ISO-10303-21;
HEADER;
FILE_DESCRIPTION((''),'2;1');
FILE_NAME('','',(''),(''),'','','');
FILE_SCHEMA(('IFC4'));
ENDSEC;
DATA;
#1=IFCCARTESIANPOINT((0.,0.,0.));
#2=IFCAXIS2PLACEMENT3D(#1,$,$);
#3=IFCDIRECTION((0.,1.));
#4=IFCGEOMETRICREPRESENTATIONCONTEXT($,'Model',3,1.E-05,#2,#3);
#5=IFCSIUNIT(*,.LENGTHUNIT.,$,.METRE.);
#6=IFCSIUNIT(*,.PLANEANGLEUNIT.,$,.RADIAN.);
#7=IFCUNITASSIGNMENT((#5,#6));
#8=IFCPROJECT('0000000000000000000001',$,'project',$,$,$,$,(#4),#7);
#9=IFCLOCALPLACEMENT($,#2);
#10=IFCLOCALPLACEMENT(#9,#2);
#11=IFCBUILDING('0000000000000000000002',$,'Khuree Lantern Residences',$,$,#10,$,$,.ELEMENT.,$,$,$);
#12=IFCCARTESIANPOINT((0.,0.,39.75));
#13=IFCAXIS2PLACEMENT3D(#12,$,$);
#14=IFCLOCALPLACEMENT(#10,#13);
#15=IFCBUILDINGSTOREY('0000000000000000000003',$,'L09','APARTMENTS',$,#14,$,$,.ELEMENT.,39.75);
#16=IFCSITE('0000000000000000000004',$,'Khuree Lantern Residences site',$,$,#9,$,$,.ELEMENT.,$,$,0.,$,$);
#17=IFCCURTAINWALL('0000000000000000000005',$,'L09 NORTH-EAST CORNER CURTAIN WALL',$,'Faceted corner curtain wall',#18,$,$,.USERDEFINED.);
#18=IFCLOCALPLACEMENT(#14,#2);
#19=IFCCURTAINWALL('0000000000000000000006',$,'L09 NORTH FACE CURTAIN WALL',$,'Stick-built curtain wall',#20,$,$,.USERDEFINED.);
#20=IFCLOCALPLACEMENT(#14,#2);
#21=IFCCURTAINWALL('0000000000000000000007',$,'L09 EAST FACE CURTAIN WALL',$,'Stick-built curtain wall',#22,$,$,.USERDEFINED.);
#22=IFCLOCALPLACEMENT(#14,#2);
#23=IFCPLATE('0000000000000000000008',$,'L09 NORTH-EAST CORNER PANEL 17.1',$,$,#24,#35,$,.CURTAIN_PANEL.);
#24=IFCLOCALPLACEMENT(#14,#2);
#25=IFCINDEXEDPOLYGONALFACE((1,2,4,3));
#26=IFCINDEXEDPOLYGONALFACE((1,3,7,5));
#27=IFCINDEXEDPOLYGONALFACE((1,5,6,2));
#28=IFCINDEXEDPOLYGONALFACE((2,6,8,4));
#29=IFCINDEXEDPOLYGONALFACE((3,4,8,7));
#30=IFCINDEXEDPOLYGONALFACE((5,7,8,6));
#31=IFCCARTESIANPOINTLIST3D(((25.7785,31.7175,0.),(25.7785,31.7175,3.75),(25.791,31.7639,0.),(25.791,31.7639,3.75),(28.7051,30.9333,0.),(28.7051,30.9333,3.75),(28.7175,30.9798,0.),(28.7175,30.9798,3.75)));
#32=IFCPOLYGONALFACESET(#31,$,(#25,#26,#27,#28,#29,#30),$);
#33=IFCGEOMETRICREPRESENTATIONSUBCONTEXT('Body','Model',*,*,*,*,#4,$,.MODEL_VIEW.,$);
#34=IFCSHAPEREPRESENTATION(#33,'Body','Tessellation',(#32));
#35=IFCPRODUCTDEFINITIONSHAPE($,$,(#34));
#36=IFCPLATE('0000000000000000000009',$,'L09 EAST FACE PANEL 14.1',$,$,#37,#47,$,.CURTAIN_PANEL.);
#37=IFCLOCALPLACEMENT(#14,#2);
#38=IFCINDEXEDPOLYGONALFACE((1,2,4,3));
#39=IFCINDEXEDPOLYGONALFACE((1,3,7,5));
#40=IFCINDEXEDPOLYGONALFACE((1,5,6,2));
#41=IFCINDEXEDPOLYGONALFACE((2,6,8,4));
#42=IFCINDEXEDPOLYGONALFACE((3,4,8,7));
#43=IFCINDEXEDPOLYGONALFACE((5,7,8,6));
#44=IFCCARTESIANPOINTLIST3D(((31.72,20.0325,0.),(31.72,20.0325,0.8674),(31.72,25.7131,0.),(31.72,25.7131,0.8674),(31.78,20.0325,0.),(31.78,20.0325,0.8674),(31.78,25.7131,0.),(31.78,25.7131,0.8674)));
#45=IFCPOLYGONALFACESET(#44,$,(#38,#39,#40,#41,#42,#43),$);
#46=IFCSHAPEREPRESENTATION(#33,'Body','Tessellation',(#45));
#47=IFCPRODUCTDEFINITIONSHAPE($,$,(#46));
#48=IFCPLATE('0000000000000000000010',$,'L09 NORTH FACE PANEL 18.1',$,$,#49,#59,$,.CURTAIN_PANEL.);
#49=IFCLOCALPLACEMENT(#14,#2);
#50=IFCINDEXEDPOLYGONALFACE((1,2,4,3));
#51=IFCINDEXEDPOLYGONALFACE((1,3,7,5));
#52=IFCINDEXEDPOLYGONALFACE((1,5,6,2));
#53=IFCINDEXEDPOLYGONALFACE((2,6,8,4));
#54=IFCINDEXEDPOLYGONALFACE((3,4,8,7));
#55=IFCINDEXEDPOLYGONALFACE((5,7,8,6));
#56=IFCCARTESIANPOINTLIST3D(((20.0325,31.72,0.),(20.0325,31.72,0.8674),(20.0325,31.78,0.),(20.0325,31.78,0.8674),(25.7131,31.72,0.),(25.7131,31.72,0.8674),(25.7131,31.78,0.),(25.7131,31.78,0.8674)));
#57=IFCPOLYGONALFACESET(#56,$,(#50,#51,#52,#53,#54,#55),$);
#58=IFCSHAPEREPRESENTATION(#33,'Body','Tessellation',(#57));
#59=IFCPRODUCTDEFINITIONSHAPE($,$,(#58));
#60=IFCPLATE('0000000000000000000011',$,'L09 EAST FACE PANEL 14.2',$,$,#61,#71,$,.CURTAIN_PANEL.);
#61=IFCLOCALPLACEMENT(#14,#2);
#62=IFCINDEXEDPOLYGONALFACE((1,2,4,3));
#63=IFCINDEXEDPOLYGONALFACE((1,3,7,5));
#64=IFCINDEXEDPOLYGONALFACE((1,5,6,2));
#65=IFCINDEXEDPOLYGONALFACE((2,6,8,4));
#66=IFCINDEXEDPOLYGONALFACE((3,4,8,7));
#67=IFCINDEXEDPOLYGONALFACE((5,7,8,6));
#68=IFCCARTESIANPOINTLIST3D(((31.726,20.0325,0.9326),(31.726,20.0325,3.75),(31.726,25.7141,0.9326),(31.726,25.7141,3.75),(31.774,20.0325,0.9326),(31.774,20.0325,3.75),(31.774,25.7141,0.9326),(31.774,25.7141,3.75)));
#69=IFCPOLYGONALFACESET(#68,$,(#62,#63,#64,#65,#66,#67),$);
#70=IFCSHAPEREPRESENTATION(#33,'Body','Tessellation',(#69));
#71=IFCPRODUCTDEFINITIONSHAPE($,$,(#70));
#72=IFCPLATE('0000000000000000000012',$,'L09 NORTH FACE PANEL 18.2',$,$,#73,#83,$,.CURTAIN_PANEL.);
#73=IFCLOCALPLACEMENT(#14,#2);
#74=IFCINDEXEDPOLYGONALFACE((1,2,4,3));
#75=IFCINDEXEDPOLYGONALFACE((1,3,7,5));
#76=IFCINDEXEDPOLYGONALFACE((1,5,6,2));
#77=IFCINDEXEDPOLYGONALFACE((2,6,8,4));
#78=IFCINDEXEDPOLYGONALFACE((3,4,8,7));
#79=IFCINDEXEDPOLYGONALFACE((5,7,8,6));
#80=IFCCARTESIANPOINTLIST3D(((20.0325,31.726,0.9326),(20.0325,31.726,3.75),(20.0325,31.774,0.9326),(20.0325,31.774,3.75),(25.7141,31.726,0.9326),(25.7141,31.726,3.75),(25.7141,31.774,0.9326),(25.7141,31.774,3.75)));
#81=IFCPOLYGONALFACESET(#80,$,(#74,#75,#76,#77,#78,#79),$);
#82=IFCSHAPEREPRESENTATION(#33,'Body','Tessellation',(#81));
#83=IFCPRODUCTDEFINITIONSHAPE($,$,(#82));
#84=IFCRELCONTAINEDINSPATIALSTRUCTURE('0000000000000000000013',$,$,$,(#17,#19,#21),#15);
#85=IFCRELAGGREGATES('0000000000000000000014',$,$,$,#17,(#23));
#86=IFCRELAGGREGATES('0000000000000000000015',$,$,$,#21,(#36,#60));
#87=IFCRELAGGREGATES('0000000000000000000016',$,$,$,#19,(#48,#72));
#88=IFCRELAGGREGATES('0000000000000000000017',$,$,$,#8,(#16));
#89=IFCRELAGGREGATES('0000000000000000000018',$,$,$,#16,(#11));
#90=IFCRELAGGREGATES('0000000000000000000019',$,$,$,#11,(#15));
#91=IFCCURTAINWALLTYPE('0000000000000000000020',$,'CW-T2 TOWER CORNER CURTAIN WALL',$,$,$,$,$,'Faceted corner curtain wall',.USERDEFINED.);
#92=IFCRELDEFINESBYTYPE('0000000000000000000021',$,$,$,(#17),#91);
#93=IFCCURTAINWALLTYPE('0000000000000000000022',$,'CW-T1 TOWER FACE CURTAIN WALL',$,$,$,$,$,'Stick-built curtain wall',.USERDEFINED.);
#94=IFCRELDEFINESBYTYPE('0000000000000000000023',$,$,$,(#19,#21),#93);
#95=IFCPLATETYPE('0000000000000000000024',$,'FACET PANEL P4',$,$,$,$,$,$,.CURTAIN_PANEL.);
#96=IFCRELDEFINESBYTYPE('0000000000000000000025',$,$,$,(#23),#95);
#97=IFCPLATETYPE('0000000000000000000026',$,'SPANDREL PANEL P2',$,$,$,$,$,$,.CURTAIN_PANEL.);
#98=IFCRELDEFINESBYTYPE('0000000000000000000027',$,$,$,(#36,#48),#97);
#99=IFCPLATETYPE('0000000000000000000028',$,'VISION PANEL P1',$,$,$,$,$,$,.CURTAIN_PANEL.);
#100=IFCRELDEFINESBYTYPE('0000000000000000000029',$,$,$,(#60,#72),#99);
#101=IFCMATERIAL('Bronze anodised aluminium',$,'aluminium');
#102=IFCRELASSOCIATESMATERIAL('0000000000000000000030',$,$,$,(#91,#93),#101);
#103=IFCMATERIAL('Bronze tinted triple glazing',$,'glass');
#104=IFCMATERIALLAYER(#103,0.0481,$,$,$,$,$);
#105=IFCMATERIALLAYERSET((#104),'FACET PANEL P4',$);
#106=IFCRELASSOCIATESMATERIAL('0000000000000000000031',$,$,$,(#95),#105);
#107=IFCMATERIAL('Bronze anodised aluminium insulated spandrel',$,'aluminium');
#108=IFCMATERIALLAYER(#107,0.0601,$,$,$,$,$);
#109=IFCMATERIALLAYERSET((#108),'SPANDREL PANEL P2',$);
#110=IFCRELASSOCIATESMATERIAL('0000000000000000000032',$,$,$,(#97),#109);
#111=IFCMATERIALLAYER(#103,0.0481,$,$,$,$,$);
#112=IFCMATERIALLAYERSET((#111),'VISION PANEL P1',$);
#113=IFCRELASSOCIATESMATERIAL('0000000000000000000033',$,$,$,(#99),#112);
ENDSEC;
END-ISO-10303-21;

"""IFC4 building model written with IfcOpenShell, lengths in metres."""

from ifc_helpers import new_model, si_unit, direction, frame, origin, origin_2d, place, context, subcontext, project, spatial, rectangle, extrude, material, layer, layer_set, type_object, element, aggregate, save


model = new_model("IFC4")

# Units and contexts
model_context = context("Model", 3, precision=1e-05, world=origin(), true_north=direction((0.0, 1.0)))
body_context = subcontext(model_context, "Body", "Model", "MODEL_VIEW")
ifc_project = project(units=[si_unit("LENGTHUNIT", "METRE"), si_unit("PLANEANGLEUNIT", "RADIAN")], contexts=[model_context])

# Site, building, storey
site_placement = place(None, origin())
site = spatial("IfcSite", under=ifc_project, at=site_placement, Name="Khuree Lantern Residences site", CompositionType="ELEMENT", RefElevation=0.0)
building_placement = place(site_placement, origin())
building = spatial("IfcBuilding", under=site, at=building_placement, Name="Khuree Lantern Residences", CompositionType="ELEMENT")
storey_placement = place(building_placement, frame((0.0, 0.0, 39.75)))
storey = spatial("IfcBuildingStorey", under=building, at=storey_placement, Name="L09", Description="APARTMENTS", CompositionType="ELEMENT", Elevation=39.75)

# Curtain walls
ifc_material_1 = material(Name="Bronze anodised aluminium", Category="aluminium")
curtain_wall_type_1 = type_object("IfcCurtainWallType", Name="CW-T2 TOWER CORNER CURTAIN WALL", ElementType="Faceted corner curtain wall", PredefinedType="USERDEFINED", material=ifc_material_1)
curtain_wall_1_placement = place(storey_placement, origin())
curtain_wall_1 = element("IfcCurtainWall", 1, at=curtain_wall_1_placement, inside=storey, type_object=curtain_wall_type_1, Name="L09 NORTH-EAST CORNER CURTAIN WALL", ObjectType="Faceted corner curtain wall", PredefinedType="USERDEFINED")
curtain_wall_type_2 = type_object("IfcCurtainWallType", Name="CW-T1 TOWER FACE CURTAIN WALL", ElementType="Stick-built curtain wall", PredefinedType="USERDEFINED", material=ifc_material_1)
curtain_wall_2_placement = place(storey_placement, origin())
curtain_wall_2 = element("IfcCurtainWall", 2, at=curtain_wall_2_placement, inside=storey, type_object=curtain_wall_type_2, Name="L09 NORTH FACE CURTAIN WALL", ObjectType="Stick-built curtain wall", PredefinedType="USERDEFINED")

# Curtain wall
curtain_wall_3_placement = place(storey_placement, origin())
curtain_wall_3 = element("IfcCurtainWall", 3, at=curtain_wall_3_placement, inside=storey, type_object=curtain_wall_type_2, Name="L09 EAST FACE CURTAIN WALL", ObjectType="Stick-built curtain wall", PredefinedType="USERDEFINED")

# Plates
ifc_material_2 = material(Name="Bronze tinted triple glazing", Category="glass")
ifc_layer_1 = layer(ifc_material_2, 0.0481)
ifc_layer_set_1 = layer_set([ifc_layer_1], Name="FACET PANEL P4")
plate_type_1 = type_object("IfcPlateType", Name="FACET PANEL P4", PredefinedType="CURTAIN_PANEL", material=ifc_layer_set_1)
plate_1_placement = place(storey_placement, frame((27.248, 31.3486, 0.0), z_axis=(0.0, 0.0, 1.0), x_axis=(-0.965926, 0.258819, 0.0)))
plate_1 = element("IfcPlate", 4, at=plate_1_placement, type_object=plate_type_1, Name="L09 NORTH-EAST CORNER PANEL 17.1", PredefinedType="CURTAIN_PANEL", context=body_context, shape_type="SweptSolid", body=[
    extrude(rectangle(XDim=3.0298, YDim=0.0481, at=origin_2d()), origin(), (0.0, 0.0, 1.0), 3.75),
])
aggregate(curtain_wall_1, [plate_1])
ifc_material_3 = material(Name="Bronze anodised aluminium insulated spandrel", Category="aluminium")
ifc_layer_2 = layer(ifc_material_3, 0.0601)
ifc_layer_set_2 = layer_set([ifc_layer_2], Name="SPANDREL PANEL P2")
plate_type_2 = type_object("IfcPlateType", Name="SPANDREL PANEL P2", PredefinedType="CURTAIN_PANEL", material=ifc_layer_set_2)
plate_2_placement = place(storey_placement, frame((31.75, 22.8728, 0.0), z_axis=(0.0, 0.0, 1.0), x_axis=(0.0, 1.0, 0.0)))
plate_2 = element("IfcPlate", 5, at=plate_2_placement, type_object=plate_type_2, Name="L09 EAST FACE PANEL 14.1", PredefinedType="CURTAIN_PANEL", context=body_context, shape_type="SweptSolid", body=[
    extrude(rectangle(XDim=5.6807, YDim=0.0601, at=origin_2d()), origin(), (0.0, 0.0, 1.0), 0.8674),
])
plate_3_placement = place(storey_placement, frame((22.8728, 31.75, 0.0), z_axis=(0.0, 0.0, 1.0), x_axis=(-1.0, 0.0, 0.0)))
plate_3 = element("IfcPlate", 6, at=plate_3_placement, type_object=plate_type_2, Name="L09 NORTH FACE PANEL 18.1", PredefinedType="CURTAIN_PANEL", context=body_context, shape_type="SweptSolid", body=[
    extrude(rectangle(XDim=5.6807, YDim=0.0601, at=origin_2d()), origin(), (0.0, 0.0, 1.0), 0.8674),
])
ifc_layer_3 = layer(ifc_material_2, 0.0481)
ifc_layer_set_3 = layer_set([ifc_layer_3], Name="VISION PANEL P1")
plate_type_3 = type_object("IfcPlateType", Name="VISION PANEL P1", PredefinedType="CURTAIN_PANEL", material=ifc_layer_set_3)
plate_4_placement = place(storey_placement, frame((31.75, 22.8733, 0.9326), z_axis=(0.0, 0.0, 1.0), x_axis=(0.0, 1.0, 0.0)))
plate_4 = element("IfcPlate", 7, at=plate_4_placement, type_object=plate_type_3, Name="L09 EAST FACE PANEL 14.2", PredefinedType="CURTAIN_PANEL", context=body_context, shape_type="SweptSolid", body=[
    extrude(rectangle(XDim=5.6816, YDim=0.0481, at=origin_2d()), origin(), (0.0, 0.0, 1.0), 2.8174),
])
aggregate(curtain_wall_3, [plate_2, plate_4])
plate_5_placement = place(storey_placement, frame((22.8733, 31.75, 0.9326), z_axis=(0.0, 0.0, 1.0), x_axis=(-1.0, 0.0, 0.0)))
plate_5 = element("IfcPlate", 8, at=plate_5_placement, type_object=plate_type_3, Name="L09 NORTH FACE PANEL 18.2", PredefinedType="CURTAIN_PANEL", context=body_context, shape_type="SweptSolid", body=[
    extrude(rectangle(XDim=5.6816, YDim=0.0481, at=origin_2d()), origin(), (0.0, 0.0, 1.0), 2.8174),
])
aggregate(curtain_wall_2, [plate_3, plate_5])

save(model, "model.ifc")
